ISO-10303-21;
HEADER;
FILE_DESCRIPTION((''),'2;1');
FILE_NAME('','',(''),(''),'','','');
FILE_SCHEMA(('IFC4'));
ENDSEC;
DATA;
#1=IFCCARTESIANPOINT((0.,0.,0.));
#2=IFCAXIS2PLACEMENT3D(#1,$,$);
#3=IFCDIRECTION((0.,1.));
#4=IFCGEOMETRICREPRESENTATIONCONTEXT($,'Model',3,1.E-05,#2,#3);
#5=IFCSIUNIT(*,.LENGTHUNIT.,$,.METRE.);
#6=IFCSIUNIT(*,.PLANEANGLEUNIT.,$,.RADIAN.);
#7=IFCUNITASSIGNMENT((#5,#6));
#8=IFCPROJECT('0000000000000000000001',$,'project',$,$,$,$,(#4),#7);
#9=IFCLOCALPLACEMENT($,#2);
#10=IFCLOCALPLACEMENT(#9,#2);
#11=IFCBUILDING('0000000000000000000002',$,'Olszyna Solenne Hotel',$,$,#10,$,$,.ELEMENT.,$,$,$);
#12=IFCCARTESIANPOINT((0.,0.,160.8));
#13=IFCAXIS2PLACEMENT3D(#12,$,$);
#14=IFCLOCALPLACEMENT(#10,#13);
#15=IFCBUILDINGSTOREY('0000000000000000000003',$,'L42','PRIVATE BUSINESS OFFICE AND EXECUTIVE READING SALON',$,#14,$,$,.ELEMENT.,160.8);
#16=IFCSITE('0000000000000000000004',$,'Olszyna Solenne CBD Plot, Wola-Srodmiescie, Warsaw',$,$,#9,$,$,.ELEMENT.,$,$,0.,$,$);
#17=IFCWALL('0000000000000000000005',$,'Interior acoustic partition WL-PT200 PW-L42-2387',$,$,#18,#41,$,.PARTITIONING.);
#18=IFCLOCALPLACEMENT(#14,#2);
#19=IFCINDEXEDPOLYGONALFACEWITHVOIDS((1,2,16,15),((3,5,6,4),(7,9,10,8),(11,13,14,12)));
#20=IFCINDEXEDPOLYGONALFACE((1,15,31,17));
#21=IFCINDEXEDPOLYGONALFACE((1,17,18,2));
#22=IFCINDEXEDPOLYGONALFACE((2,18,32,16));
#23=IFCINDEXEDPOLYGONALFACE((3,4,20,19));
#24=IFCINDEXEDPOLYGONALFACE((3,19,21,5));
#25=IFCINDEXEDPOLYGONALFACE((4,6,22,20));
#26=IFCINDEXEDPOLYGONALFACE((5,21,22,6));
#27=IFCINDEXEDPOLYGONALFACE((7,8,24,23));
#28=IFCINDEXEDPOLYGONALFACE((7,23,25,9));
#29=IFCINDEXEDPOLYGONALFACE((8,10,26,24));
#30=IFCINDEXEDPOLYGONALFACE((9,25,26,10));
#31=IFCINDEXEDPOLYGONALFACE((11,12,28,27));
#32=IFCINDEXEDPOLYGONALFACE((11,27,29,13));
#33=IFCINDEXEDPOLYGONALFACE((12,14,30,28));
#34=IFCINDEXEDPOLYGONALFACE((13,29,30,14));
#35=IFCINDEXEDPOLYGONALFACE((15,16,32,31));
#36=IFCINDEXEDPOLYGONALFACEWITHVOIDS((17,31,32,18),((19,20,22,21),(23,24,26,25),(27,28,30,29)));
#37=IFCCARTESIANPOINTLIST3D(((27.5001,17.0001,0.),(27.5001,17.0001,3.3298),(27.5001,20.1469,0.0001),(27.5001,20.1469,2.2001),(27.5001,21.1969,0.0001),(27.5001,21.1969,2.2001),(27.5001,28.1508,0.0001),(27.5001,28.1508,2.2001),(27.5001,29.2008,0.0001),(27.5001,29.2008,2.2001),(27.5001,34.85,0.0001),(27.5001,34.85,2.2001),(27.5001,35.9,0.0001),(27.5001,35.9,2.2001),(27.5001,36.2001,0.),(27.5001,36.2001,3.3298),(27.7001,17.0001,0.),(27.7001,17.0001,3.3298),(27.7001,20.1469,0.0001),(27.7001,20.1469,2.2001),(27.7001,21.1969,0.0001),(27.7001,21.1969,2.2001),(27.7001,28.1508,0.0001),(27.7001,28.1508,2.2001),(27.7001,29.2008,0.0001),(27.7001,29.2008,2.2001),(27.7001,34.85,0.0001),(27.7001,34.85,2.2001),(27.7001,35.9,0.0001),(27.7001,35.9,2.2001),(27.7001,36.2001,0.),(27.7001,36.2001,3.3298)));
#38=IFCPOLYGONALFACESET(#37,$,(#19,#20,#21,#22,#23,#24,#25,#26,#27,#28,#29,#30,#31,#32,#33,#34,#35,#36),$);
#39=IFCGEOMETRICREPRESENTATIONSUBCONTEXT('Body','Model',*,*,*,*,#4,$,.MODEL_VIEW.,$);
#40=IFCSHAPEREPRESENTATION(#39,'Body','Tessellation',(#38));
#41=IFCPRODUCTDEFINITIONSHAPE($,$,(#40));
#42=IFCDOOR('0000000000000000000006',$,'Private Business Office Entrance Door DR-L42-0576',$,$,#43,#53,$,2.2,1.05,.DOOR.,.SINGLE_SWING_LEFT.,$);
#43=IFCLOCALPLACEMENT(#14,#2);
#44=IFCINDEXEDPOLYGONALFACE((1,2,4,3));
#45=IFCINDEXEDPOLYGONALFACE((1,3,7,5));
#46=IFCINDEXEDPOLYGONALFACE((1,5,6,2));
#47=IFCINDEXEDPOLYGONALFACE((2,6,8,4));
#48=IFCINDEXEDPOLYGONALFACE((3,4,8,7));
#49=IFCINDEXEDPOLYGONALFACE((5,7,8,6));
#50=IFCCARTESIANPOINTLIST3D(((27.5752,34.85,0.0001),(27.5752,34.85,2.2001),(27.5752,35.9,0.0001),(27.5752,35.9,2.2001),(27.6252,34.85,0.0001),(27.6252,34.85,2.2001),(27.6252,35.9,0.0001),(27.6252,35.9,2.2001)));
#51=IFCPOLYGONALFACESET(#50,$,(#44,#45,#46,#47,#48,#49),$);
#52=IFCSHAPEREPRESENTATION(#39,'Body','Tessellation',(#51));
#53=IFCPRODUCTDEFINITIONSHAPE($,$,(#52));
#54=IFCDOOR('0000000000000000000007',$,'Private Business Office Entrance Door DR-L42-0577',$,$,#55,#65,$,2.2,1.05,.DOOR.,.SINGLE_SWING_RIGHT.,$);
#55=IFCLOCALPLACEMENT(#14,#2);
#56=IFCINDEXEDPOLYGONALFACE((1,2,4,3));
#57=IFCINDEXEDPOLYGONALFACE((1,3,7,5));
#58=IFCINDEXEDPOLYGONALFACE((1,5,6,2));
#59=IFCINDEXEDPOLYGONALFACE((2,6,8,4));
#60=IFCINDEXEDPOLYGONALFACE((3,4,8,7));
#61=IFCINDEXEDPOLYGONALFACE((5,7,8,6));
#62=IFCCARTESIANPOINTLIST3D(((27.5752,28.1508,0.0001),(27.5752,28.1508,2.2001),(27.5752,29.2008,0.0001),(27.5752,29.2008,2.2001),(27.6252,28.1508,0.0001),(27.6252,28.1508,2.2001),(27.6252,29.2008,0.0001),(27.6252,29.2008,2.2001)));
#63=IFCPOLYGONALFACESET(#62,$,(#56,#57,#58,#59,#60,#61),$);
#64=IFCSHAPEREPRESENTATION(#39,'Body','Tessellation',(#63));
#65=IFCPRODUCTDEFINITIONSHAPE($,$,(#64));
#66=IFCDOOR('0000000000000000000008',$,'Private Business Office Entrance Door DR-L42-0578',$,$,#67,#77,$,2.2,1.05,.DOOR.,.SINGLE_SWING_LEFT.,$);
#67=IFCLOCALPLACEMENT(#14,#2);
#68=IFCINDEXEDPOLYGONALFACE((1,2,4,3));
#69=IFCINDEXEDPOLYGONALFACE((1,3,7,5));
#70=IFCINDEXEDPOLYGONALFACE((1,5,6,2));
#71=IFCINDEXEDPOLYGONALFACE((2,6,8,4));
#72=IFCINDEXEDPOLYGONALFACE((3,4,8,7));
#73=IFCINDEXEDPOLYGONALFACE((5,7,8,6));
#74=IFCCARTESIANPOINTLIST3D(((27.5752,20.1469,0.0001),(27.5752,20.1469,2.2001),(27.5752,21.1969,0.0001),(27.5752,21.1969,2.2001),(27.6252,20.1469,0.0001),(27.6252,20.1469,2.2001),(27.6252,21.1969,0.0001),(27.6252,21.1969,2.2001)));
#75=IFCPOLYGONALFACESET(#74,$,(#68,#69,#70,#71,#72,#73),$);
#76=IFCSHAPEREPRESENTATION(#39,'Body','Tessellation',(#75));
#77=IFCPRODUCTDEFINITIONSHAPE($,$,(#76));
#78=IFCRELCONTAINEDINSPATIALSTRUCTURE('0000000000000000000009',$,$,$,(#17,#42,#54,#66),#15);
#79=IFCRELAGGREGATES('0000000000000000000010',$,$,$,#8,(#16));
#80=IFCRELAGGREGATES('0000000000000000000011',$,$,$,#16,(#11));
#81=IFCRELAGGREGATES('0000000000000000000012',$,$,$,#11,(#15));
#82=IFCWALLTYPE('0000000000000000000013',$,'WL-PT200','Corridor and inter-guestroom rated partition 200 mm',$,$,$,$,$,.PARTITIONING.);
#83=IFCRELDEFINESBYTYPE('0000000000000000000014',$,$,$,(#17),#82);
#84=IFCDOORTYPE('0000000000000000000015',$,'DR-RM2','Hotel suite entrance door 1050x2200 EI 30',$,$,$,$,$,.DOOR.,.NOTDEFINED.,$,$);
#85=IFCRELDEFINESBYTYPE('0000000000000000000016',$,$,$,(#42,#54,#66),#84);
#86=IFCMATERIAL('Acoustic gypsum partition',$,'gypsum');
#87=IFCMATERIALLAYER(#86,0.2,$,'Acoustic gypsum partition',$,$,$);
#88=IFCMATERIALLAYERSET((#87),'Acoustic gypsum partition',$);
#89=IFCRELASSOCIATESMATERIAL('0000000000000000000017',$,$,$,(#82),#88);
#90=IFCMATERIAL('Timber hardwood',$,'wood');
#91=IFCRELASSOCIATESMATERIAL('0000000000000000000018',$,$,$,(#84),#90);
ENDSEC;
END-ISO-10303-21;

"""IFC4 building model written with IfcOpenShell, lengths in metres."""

from ifc_helpers import new_model, si_unit, direction, frame, frame_2d, origin, place, context, subcontext, project, spatial, rectangle, extrude, source, transform, mapped, material, layer, layer_set, type_object, type_shapes, element, fill, save


model = new_model("IFC4")

# Units and contexts
model_context = context("Model", 3, precision=1e-05, world=origin(), true_north=direction((0.0, 1.0)))
body_context = subcontext(model_context, "Body", "Model", "MODEL_VIEW")
ifc_project = project(units=[si_unit("LENGTHUNIT", "METRE"), si_unit("PLANEANGLEUNIT", "RADIAN")], contexts=[model_context])

# Site, building, storey
site_placement = place(None, origin())
site = spatial("IfcSite", under=ifc_project, at=site_placement, Name="Olszyna Solenne CBD Plot, Wola-Srodmiescie, Warsaw", CompositionType="ELEMENT", RefElevation=0.0)
building_placement = place(site_placement, origin())
building = spatial("IfcBuilding", under=site, at=building_placement, Name="Olszyna Solenne Hotel", CompositionType="ELEMENT")
storey_placement = place(building_placement, frame((0.0, 0.0, 160.8)))
storey = spatial("IfcBuildingStorey", under=building, at=storey_placement, Name="L42", Description="PRIVATE BUSINESS OFFICE AND EXECUTIVE READING SALON", CompositionType="ELEMENT", Elevation=160.8)

# Shared definitions
ifc_material_1 = material(Name="Timber hardwood", Category="wood")

# Shared definitions
ifc_material_2 = material(Name="Acoustic gypsum partition", Category="gypsum")
ifc_layer_1 = layer(ifc_material_2, 0.2, Name="Acoustic gypsum partition")
ifc_layer_set_1 = layer_set([ifc_layer_1], Name="Acoustic gypsum partition")
wall_type_1 = type_object("IfcWallType", Name="WL-PT200", Description="Corridor and inter-guestroom rated partition 200 mm", PredefinedType="PARTITIONING", material=ifc_layer_set_1)

# Wall, openings, doors
door_type_1 = type_object("IfcDoorType", Name="DR-RM2", Description="Hotel suite entrance door 1050x2200 EI 30", OperationType="NOTDEFINED", PredefinedType="DOOR", material=ifc_material_1)
shared_shape_1 = source(origin(), body_context, "Body", "SweptSolid", [
    extrude(rectangle(XDim=1.05, YDim=2.2, at=frame_2d((0.5249, 1.1001))), frame((0.0, 0.0249, 0.0), z_axis=(0.0, -1.0, 0.0), x_axis=(1.0, 0.0, 0.0)), (0.0, 0.0, 1.0), 0.05),
])
type_shapes(door_type_1, [shared_shape_1])
wall_1_placement = place(storey_placement, frame((27.6001, 17.0, 0.0), z_axis=(0.0, 0.0, 1.0), x_axis=(0.0, 1.0, 0.0)))
wall_1 = element("IfcWall", 1, at=wall_1_placement, inside=storey, type_object=wall_type_1, Name="Interior acoustic partition WL-PT200 PW-L42-2387", PredefinedType="PARTITIONING", context=body_context, shape_type="SweptSolid", body=[
    extrude(rectangle(XDim=19.2, YDim=0.2, at=frame_2d((9.6001, 0.0))), origin(), (0.0, 0.0, 1.0), 3.3298),
])
opening_1_placement = place(wall_1_placement, frame((17.8501, 0.0, 0.0)))
opening_1 = element("IfcOpeningElement", 2, at=opening_1_placement, cuts=wall_1, PredefinedType="OPENING", context=body_context, shape_type="SweptSolid", body=[
    extrude(rectangle(XDim=1.05, YDim=2.2, at=frame_2d((0.5249, 1.1001))), frame((0.0, 0.1099, 0.0), z_axis=(0.0, -1.0, 0.0), x_axis=(1.0, 0.0, 0.0)), (0.0, 0.0, 1.0), 0.22),
])
opening_2_placement = place(wall_1_placement, frame((11.1509, 0.0, 0.0)))
opening_2 = element("IfcOpeningElement", 3, at=opening_2_placement, cuts=wall_1, PredefinedType="OPENING", context=body_context, shape_type="SweptSolid", body=[
    extrude(rectangle(XDim=1.05, YDim=2.2, at=frame_2d((0.5249, 1.1001))), frame((0.0, 0.1099, 0.0), z_axis=(0.0, -1.0, 0.0), x_axis=(1.0, 0.0, 0.0)), (0.0, 0.0, 1.0), 0.22),
])
opening_3_placement = place(wall_1_placement, frame((3.147, 0.0, 0.0)))
opening_3 = element("IfcOpeningElement", 4, at=opening_3_placement, cuts=wall_1, PredefinedType="OPENING", context=body_context, shape_type="SweptSolid", body=[
    extrude(rectangle(XDim=1.05, YDim=2.2, at=frame_2d((0.5249, 1.1001))), frame((0.0, 0.1099, 0.0), z_axis=(0.0, -1.0, 0.0), x_axis=(1.0, 0.0, 0.0)), (0.0, 0.0, 1.0), 0.22),
])
door_1_placement = place(opening_1_placement, origin())
door_1 = element("IfcDoor", 5, at=door_1_placement, inside=storey, type_object=door_type_1, Name="Private Business Office Entrance Door DR-L42-0576", OperationType="SINGLE_SWING_LEFT", OverallHeight=2.2, OverallWidth=1.05, PredefinedType="DOOR", context=body_context, shape_type="MappedRepresentation", body=[
    mapped(shared_shape_1, transform((0.0, 0.0, 0.0), x_axis=(1.0, 0.0, 0.0), y_axis=(0.0, 1.0, 0.0), z_axis=(0.0, 0.0, 1.0), scale=1.0)),
])
fill(opening_1, door_1)
door_2_placement = place(opening_2_placement, origin())
door_2 = element("IfcDoor", 6, at=door_2_placement, inside=storey, type_object=door_type_1, Name="Private Business Office Entrance Door DR-L42-0577", OperationType="SINGLE_SWING_RIGHT", OverallHeight=2.2, OverallWidth=1.05, PredefinedType="DOOR", context=body_context, shape_type="MappedRepresentation", body=[
    mapped(shared_shape_1, transform((0.0, 0.0, 0.0), x_axis=(1.0, 0.0, 0.0), y_axis=(0.0, 1.0, 0.0), z_axis=(0.0, 0.0, 1.0), scale=1.0)),
])
fill(opening_2, door_2)
door_3_placement = place(opening_3_placement, origin())
door_3 = element("IfcDoor", 7, at=door_3_placement, inside=storey, type_object=door_type_1, Name="Private Business Office Entrance Door DR-L42-0578", OperationType="SINGLE_SWING_LEFT", OverallHeight=2.2, OverallWidth=1.05, PredefinedType="DOOR", context=body_context, shape_type="MappedRepresentation", body=[
    mapped(shared_shape_1, transform((0.0, 0.0, 0.0), x_axis=(1.0, 0.0, 0.0), y_axis=(0.0, 1.0, 0.0), z_axis=(0.0, 0.0, 1.0), scale=1.0)),
])
fill(opening_3, door_3)

save(model, "model.ifc")
